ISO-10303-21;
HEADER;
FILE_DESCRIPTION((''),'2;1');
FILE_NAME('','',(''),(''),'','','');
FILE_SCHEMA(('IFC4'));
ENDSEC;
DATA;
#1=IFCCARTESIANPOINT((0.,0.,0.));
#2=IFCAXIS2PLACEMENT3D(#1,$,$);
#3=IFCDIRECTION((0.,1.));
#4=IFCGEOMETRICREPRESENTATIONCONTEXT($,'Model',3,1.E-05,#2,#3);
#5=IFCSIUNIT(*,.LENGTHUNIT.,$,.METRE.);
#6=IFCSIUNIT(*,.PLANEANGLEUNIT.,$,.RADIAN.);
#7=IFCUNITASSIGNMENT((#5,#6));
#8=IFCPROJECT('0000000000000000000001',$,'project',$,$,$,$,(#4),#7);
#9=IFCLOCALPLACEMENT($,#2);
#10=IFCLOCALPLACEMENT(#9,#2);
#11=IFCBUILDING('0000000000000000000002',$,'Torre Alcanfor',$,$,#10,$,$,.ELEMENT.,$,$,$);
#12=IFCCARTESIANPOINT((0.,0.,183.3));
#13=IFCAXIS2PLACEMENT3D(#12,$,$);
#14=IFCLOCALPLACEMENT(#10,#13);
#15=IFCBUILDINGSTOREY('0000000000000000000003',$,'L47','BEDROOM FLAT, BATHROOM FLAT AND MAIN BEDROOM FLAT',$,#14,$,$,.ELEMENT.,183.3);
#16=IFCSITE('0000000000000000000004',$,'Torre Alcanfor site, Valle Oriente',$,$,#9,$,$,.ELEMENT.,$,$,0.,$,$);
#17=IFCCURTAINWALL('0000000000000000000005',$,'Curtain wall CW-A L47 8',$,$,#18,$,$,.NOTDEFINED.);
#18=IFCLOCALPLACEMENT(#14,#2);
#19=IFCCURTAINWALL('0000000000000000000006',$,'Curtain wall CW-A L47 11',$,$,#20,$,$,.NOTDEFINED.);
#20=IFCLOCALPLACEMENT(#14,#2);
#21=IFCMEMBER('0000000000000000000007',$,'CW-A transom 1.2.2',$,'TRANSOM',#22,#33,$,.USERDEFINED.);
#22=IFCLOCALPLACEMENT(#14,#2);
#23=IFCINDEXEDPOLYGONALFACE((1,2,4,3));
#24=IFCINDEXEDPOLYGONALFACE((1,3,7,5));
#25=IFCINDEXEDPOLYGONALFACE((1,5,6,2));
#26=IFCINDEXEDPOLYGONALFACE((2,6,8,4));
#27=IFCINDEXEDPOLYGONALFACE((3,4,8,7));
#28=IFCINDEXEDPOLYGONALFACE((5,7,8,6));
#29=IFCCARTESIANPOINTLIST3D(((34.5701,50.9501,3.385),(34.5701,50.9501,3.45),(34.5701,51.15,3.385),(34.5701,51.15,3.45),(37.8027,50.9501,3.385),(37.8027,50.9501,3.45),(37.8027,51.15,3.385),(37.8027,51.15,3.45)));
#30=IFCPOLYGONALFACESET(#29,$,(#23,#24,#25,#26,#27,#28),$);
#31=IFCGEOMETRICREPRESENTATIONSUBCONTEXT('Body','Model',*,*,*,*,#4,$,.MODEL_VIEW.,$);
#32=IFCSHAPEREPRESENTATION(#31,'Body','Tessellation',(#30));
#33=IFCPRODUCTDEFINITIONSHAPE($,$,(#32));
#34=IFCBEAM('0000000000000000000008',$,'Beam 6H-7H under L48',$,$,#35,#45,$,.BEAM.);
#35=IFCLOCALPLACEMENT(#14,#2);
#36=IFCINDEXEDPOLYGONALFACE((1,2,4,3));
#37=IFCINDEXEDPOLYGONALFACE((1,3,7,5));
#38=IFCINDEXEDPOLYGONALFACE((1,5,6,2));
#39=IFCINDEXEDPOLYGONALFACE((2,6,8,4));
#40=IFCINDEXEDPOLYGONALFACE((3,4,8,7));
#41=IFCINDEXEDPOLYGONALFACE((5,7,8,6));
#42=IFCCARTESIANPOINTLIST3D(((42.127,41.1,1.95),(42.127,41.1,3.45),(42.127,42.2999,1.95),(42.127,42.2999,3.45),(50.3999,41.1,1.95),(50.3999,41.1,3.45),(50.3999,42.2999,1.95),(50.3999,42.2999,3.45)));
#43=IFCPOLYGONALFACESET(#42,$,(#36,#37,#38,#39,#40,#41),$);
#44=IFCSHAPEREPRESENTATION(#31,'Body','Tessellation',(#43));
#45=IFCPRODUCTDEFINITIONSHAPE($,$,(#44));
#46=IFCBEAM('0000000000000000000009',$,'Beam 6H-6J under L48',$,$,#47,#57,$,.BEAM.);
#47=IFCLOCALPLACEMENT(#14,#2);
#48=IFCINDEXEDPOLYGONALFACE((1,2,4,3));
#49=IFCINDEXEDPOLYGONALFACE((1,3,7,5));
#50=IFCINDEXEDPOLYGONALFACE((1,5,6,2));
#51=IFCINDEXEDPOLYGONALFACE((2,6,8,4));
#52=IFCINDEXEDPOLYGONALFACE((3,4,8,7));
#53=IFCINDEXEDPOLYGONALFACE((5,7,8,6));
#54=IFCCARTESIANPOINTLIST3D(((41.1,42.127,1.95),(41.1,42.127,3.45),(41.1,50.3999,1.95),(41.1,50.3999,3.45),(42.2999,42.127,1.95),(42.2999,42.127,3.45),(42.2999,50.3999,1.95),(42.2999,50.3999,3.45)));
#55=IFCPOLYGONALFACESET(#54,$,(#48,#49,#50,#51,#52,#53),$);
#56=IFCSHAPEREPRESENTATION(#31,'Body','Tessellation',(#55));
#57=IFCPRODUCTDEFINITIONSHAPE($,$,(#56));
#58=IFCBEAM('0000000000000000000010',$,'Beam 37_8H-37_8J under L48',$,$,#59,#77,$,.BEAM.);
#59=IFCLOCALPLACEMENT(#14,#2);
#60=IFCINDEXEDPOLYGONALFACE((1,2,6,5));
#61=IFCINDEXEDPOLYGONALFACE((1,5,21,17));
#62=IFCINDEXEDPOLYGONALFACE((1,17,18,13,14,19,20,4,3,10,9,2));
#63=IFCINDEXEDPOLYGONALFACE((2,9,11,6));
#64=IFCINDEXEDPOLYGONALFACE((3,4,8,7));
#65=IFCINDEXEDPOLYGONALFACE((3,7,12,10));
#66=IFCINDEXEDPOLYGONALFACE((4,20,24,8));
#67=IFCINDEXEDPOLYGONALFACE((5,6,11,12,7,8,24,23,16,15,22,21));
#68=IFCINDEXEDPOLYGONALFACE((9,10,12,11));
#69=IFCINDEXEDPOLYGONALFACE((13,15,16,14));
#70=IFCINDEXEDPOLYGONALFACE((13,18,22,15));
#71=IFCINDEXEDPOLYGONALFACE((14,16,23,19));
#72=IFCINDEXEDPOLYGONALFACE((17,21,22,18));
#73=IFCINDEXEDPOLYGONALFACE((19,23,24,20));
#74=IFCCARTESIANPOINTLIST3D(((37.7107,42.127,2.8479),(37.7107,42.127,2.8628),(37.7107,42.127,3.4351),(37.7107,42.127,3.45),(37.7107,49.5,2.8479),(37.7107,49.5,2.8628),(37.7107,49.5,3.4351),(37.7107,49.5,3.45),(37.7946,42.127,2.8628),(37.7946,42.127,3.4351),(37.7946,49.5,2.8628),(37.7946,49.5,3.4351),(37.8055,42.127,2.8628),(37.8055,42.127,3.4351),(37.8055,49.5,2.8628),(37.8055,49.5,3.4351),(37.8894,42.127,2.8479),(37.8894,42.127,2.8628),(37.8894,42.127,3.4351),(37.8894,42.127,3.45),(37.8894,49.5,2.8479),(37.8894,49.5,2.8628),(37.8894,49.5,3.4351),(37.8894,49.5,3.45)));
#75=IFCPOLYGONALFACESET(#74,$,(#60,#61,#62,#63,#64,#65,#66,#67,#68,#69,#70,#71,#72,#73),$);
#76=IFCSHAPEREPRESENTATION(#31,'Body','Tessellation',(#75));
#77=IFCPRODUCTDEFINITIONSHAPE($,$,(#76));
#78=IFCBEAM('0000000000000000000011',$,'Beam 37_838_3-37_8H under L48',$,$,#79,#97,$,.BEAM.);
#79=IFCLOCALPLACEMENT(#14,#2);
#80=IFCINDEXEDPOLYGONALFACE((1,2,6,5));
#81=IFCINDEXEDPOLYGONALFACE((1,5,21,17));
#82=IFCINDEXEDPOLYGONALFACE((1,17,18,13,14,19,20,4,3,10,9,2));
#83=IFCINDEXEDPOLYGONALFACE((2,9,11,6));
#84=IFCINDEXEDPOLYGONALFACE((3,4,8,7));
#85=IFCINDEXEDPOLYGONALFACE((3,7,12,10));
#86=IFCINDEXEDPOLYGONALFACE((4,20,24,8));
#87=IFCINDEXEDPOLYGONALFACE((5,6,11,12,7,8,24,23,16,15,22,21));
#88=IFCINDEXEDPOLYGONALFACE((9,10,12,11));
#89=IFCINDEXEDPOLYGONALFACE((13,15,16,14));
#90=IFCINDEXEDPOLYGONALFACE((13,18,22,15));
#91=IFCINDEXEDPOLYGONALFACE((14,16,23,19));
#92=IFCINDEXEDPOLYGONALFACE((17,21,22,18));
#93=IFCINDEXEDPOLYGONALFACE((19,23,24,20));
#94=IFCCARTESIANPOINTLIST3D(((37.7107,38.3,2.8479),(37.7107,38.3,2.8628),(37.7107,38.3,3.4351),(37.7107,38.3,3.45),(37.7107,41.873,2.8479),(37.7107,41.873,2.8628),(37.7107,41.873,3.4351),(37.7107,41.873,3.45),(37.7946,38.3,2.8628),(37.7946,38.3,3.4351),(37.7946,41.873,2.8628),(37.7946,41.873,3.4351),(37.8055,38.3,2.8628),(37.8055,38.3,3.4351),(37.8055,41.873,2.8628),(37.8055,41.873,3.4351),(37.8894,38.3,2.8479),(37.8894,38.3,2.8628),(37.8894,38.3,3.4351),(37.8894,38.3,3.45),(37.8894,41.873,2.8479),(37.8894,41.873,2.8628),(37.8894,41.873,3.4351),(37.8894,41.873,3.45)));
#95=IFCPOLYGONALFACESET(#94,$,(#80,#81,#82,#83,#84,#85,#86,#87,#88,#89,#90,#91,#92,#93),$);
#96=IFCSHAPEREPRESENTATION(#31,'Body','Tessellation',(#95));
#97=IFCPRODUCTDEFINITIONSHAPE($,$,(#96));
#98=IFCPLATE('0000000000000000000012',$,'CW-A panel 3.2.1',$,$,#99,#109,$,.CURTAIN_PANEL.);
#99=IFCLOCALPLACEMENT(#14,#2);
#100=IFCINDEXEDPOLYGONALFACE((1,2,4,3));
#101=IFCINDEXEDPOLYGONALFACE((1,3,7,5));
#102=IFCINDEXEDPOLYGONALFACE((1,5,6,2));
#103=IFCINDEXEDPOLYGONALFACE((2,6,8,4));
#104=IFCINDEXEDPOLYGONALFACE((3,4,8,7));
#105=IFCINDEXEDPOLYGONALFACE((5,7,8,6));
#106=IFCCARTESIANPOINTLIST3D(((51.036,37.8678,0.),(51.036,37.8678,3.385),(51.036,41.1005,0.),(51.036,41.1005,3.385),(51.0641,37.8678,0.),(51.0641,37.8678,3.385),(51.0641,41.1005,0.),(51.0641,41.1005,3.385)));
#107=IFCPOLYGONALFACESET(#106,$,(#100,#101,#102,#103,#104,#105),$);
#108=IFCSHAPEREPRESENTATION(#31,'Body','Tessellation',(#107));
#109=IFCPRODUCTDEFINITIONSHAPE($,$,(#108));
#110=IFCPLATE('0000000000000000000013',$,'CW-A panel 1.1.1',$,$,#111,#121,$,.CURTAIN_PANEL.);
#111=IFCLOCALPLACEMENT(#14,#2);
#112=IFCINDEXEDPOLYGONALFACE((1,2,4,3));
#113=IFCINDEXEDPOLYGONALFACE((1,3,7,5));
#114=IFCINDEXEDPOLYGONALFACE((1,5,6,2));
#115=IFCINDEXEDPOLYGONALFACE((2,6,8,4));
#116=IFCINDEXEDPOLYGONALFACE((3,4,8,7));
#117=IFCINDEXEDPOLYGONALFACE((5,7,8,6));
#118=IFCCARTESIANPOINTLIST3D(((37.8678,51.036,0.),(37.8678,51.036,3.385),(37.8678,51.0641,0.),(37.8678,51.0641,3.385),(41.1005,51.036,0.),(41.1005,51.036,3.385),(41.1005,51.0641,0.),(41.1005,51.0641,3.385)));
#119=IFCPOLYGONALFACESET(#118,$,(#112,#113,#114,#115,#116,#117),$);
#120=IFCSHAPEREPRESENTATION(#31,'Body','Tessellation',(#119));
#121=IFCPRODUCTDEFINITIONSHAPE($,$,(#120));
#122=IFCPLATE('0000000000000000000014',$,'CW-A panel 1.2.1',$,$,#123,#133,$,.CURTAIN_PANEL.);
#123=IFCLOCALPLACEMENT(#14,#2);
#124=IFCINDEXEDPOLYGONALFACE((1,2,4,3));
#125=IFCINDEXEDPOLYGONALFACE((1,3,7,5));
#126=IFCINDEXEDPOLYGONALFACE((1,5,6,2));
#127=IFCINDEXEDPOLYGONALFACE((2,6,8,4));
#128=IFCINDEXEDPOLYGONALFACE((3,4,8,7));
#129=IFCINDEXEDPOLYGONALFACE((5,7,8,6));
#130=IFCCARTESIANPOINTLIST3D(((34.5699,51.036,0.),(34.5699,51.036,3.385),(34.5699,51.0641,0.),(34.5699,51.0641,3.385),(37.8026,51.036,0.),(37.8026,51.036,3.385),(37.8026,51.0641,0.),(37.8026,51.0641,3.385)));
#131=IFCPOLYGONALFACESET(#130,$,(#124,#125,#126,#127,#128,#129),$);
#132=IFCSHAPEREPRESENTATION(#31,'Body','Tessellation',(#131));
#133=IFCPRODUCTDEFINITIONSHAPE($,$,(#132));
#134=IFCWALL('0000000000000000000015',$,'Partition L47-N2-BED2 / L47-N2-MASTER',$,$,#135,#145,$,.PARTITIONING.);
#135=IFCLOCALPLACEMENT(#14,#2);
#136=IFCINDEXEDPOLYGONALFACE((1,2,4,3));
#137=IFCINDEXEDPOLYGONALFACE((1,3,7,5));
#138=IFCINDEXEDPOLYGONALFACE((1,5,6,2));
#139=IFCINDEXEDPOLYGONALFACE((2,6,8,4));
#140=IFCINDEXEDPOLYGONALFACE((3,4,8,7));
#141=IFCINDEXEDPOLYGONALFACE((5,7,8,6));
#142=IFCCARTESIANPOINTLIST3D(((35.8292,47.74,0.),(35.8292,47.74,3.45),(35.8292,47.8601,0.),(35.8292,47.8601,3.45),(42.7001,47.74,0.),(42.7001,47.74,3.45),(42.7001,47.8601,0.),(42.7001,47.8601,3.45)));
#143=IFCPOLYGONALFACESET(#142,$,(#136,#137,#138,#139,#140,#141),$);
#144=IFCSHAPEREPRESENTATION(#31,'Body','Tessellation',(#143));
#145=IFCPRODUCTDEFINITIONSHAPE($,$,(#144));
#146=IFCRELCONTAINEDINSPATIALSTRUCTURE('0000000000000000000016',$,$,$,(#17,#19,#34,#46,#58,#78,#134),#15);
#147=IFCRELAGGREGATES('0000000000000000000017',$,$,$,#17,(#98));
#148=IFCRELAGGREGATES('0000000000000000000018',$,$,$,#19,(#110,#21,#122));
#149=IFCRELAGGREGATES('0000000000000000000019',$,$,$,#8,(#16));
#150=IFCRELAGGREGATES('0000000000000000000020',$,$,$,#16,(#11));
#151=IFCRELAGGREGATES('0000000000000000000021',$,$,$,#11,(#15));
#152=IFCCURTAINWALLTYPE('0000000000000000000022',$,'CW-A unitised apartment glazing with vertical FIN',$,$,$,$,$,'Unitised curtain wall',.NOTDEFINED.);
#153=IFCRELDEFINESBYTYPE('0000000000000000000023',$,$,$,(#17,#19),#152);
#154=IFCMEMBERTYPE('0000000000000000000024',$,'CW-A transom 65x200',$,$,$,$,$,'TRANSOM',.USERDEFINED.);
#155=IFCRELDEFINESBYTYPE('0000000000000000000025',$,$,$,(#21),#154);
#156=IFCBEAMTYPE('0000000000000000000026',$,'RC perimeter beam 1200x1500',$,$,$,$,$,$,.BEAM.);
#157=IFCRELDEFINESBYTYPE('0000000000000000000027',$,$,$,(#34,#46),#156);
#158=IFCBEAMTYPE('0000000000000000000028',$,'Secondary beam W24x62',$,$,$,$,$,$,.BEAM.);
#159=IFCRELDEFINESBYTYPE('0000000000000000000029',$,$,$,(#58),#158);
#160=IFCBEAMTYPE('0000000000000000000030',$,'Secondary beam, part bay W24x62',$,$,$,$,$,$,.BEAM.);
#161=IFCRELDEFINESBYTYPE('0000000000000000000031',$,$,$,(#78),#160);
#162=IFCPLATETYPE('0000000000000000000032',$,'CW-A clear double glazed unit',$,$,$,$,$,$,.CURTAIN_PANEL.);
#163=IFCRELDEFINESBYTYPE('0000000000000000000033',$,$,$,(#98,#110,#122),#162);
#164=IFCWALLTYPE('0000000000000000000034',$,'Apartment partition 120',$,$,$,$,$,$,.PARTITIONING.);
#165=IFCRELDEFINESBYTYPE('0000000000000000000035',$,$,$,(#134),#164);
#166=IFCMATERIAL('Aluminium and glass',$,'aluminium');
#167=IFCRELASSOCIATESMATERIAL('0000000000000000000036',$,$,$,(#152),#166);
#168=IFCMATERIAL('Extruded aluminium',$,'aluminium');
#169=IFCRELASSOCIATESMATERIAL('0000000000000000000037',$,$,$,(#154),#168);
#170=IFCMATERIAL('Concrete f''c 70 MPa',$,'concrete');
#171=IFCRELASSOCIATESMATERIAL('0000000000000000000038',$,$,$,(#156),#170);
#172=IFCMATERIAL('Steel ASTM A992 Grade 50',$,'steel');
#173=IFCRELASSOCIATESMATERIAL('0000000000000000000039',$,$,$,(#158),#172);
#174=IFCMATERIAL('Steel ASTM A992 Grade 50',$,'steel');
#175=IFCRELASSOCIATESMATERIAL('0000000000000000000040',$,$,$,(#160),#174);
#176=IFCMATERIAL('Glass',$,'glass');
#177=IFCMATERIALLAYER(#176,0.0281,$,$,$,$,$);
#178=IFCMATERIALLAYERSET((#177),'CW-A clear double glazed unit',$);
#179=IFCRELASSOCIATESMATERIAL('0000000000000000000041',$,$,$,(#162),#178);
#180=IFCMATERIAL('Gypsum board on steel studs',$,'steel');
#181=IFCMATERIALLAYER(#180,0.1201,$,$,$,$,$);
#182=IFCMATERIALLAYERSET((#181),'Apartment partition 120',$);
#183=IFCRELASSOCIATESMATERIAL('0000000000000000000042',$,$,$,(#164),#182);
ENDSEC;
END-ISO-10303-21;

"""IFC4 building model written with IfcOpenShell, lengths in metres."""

from ifc_helpers import new_model, si_unit, direction, frame, frame_2d, origin, origin_2d, place, context, subcontext, project, spatial, rectangle, i_section, extrude, material, layer, layer_set, material_profile, profile_set, type_object, element, aggregate, save


model = new_model("IFC4")

# Units and contexts
model_context = context("Model", 3, precision=1e-05, world=origin(), true_north=direction((0.0, 1.0)))
body_context = subcontext(model_context, "Body", "Model", "MODEL_VIEW")
ifc_project = project(units=[si_unit("LENGTHUNIT", "METRE"), si_unit("PLANEANGLEUNIT", "RADIAN")], contexts=[model_context])

# Site, building, storey
site_placement = place(None, origin())
site = spatial("IfcSite", under=ifc_project, at=site_placement, Name="Torre Alcanfor site, Valle Oriente", CompositionType="ELEMENT", RefElevation=0.0)
building_placement = place(site_placement, origin())
building = spatial("IfcBuilding", under=site, at=building_placement, Name="Torre Alcanfor", CompositionType="ELEMENT")
storey_placement = place(building_placement, frame((0.0, 0.0, 183.3)))
storey = spatial("IfcBuildingStorey", under=building, at=storey_placement, Name="L47", Description="BEDROOM FLAT, BATHROOM FLAT AND MAIN BEDROOM FLAT", CompositionType="ELEMENT", Elevation=183.3)

# Curtain wall
ifc_material_1 = material(Name="Aluminium and glass", Category="aluminium")
curtain_wall_type = type_object("IfcCurtainWallType", Name="CW-A unitised apartment glazing with vertical FIN", ElementType="Unitised curtain wall", PredefinedType="NOTDEFINED", material=ifc_material_1)
curtain_wall_1_placement = place(storey_placement, origin())
curtain_wall_1 = element("IfcCurtainWall", 1, at=curtain_wall_1_placement, inside=storey, type_object=curtain_wall_type, Name="Curtain wall CW-A L47 8", PredefinedType="NOTDEFINED")

# Curtain wall, member
curtain_wall_2_placement = place(storey_placement, origin())
curtain_wall_2 = element("IfcCurtainWall", 2, at=curtain_wall_2_placement, inside=storey, type_object=curtain_wall_type, Name="Curtain wall CW-A L47 11", PredefinedType="NOTDEFINED")
ifc_material_2 = material(Name="Extruded aluminium", Category="aluminium")
ifc_material_profile_1 = material_profile(ifc_material_2, rectangle(XDim=0.2, YDim=0.0649, at=origin_2d()), Name="CW-A transom 200x65")
ifc_profile_set_1 = profile_set([ifc_material_profile_1], Name="Extruded aluminium")
member_type_1 = type_object("IfcMemberType", Name="CW-A transom 65x200", ElementType="TRANSOM", PredefinedType="USERDEFINED", material=ifc_profile_set_1)
member_1_placement = place(storey_placement, frame((37.8027, 51.05, 3.4175), z_axis=(-1.0, 0.0, 0.0), x_axis=(0.0, -1.0, 0.0)))
member_1 = element("IfcMember", 3, at=member_1_placement, type_object=member_type_1, Name="CW-A transom 1.2.2", ObjectType="TRANSOM", PredefinedType="USERDEFINED", context=body_context, shape_type="SweptSolid", body=[
    extrude(rectangle(XDim=0.2, YDim=0.0649, at=origin_2d()), origin(), (0.0, 0.0, 1.0), 3.2327),
])

# Beams
ifc_material_3 = material(Name="Concrete f'c 70 MPa", Category="concrete")
ifc_material_profile_2 = material_profile(ifc_material_3, rectangle(XDim=1.2, YDim=1.5, at=origin_2d()), Name="1200x1500")
ifc_profile_set_2 = profile_set([ifc_material_profile_2], Name="Concrete f'c 70 MPa")
beam_type_1 = type_object("IfcBeamType", Name="RC perimeter beam 1200x1500", PredefinedType="BEAM", material=ifc_profile_set_2)
for number, where, z_axis, x_axis, name in (
    (4, (42.127, 41.7, 2.7), (1.0, 0.0, 0.0), (0.0, 1.0, 0.0), "Beam 6H-7H under L48"),
    (5, (41.7, 42.127, 2.7), (0.0, 1.0, 0.0), (-1.0, 0.0, 0.0), "Beam 6H-6J under L48"),
):
    element("IfcBeam", number, at=place(storey_placement, frame(where, z_axis=z_axis, x_axis=x_axis)), inside=storey, type_object=beam_type_1, Name=name, PredefinedType="BEAM", context=body_context, shape_type="SweptSolid", body=[
        extrude(rectangle(XDim=1.2, YDim=1.5, at=origin_2d()), origin(), (0.0, 0.0, 1.0), 8.2729),
    ])
ifc_material_4 = material(Name="Steel ASTM A992 Grade 50", Category="steel")
ifc_material_profile_3 = material_profile(ifc_material_4, i_section(OverallWidth=0.1787, OverallDepth=0.6021, WebThickness=0.011, FlangeThickness=0.0149, at=origin_2d()), Name="W24x62")
ifc_profile_set_3 = profile_set([ifc_material_profile_3], Name="Steel ASTM A992 Grade 50")
beam_type_2 = type_object("IfcBeamType", Name="Secondary beam W24x62", PredefinedType="BEAM", material=ifc_profile_set_3)
beam_1_placement = place(storey_placement, frame((37.8, 42.127, 3.1489), z_axis=(0.0, 1.0, 0.0), x_axis=(-1.0, 0.0, 0.0)))
element("IfcBeam", 6, at=beam_1_placement, inside=storey, type_object=beam_type_2, Name="Beam 37_8H-37_8J under L48", PredefinedType="BEAM", context=body_context, shape_type="SweptSolid", body=[
    extrude(i_section(OverallWidth=0.1787, OverallDepth=0.6021, WebThickness=0.011, FlangeThickness=0.0149, at=origin_2d()), origin(), (0.0, 0.0, 1.0), 7.373),
])
ifc_material_5 = material(Name="Steel ASTM A992 Grade 50", Category="steel")
ifc_material_profile_4 = material_profile(ifc_material_5, i_section(OverallWidth=0.1787, OverallDepth=0.6021, WebThickness=0.011, FlangeThickness=0.0149, at=origin_2d()), Name="W24x62")
ifc_profile_set_4 = profile_set([ifc_material_profile_4], Name="Steel ASTM A992 Grade 50")
beam_type_3 = type_object("IfcBeamType", Name="Secondary beam, part bay W24x62", PredefinedType="BEAM", material=ifc_profile_set_4)
beam_2_placement = place(storey_placement, frame((37.8, 38.3, 3.1489), z_axis=(0.0, 1.0, 0.0), x_axis=(-1.0, 0.0, 0.0)))
element("IfcBeam", 7, at=beam_2_placement, inside=storey, type_object=beam_type_3, Name="Beam 37_838_3-37_8H under L48", PredefinedType="BEAM", context=body_context, shape_type="SweptSolid", body=[
    extrude(i_section(OverallWidth=0.1787, OverallDepth=0.6021, WebThickness=0.011, FlangeThickness=0.0149, at=origin_2d()), origin(), (0.0, 0.0, 1.0), 3.573),
])

# Plates
ifc_material_6 = material(Name="Glass", Category="glass")
ifc_layer_1 = layer(ifc_material_6, 0.0281)
ifc_layer_set_1 = layer_set([ifc_layer_1], Name="CW-A clear double glazed unit")
plate_type = type_object("IfcPlateType", Name="CW-A clear double glazed unit", PredefinedType="CURTAIN_PANEL", material=ifc_layer_set_1)
plate_1_placement = place(storey_placement, frame((51.05, 39.4841, 0.0), z_axis=(0.0, 0.0, 1.0), x_axis=(0.0, 1.0, 0.0)))
plate_1 = element("IfcPlate", 8, at=plate_1_placement, type_object=plate_type, Name="CW-A panel 3.2.1", PredefinedType="CURTAIN_PANEL", context=body_context, shape_type="SweptSolid", body=[
    extrude(rectangle(XDim=3.2327, YDim=0.0281, at=origin_2d()), origin(), (0.0, 0.0, 1.0), 3.385),
])
aggregate(curtain_wall_1, [plate_1])
plate_2_placement = place(storey_placement, frame((39.4841, 51.05, 0.0), z_axis=(0.0, 0.0, 1.0), x_axis=(-1.0, 0.0, 0.0)))
plate_2 = element("IfcPlate", 9, at=plate_2_placement, type_object=plate_type, Name="CW-A panel 1.1.1", PredefinedType="CURTAIN_PANEL", context=body_context, shape_type="SweptSolid", body=[
    extrude(rectangle(XDim=3.2327, YDim=0.0281, at=origin_2d()), origin(), (0.0, 0.0, 1.0), 3.385),
])
plate_3_placement = place(storey_placement, frame((36.1863, 51.05, 0.0), z_axis=(0.0, 0.0, 1.0), x_axis=(-1.0, 0.0, 0.0)))
plate_3 = element("IfcPlate", 10, at=plate_3_placement, type_object=plate_type, Name="CW-A panel 1.2.1", PredefinedType="CURTAIN_PANEL", context=body_context, shape_type="SweptSolid", body=[
    extrude(rectangle(XDim=3.2327, YDim=0.0281, at=origin_2d()), origin(), (0.0, 0.0, 1.0), 3.385),
])
aggregate(curtain_wall_2, [plate_2, member_1, plate_3])

# Wall
ifc_material_7 = material(Name="Gypsum board on steel studs", Category="steel")
ifc_layer_2 = layer(ifc_material_7, 0.1201)
ifc_layer_set_2 = layer_set([ifc_layer_2], Name="Apartment partition 120")
wall_type_1 = type_object("IfcWallType", Name="Apartment partition 120", PredefinedType="PARTITIONING", material=ifc_layer_set_2)
wall_1_placement = place(storey_placement, frame((35.8291, 47.8, 0.0), z_axis=(0.0, 0.0, 1.0), x_axis=(1.0, 0.0, 0.0)))
element("IfcWall", 11, at=wall_1_placement, inside=storey, type_object=wall_type_1, Name="Partition L47-N2-BED2 / L47-N2-MASTER", PredefinedType="PARTITIONING", context=body_context, shape_type="SweptSolid", body=[
    extrude(rectangle(XDim=6.8708, YDim=0.1201, at=frame_2d((3.4355, 0.0))), origin(), (0.0, 0.0, 1.0), 3.45),
])

save(model, "model.ifc")
